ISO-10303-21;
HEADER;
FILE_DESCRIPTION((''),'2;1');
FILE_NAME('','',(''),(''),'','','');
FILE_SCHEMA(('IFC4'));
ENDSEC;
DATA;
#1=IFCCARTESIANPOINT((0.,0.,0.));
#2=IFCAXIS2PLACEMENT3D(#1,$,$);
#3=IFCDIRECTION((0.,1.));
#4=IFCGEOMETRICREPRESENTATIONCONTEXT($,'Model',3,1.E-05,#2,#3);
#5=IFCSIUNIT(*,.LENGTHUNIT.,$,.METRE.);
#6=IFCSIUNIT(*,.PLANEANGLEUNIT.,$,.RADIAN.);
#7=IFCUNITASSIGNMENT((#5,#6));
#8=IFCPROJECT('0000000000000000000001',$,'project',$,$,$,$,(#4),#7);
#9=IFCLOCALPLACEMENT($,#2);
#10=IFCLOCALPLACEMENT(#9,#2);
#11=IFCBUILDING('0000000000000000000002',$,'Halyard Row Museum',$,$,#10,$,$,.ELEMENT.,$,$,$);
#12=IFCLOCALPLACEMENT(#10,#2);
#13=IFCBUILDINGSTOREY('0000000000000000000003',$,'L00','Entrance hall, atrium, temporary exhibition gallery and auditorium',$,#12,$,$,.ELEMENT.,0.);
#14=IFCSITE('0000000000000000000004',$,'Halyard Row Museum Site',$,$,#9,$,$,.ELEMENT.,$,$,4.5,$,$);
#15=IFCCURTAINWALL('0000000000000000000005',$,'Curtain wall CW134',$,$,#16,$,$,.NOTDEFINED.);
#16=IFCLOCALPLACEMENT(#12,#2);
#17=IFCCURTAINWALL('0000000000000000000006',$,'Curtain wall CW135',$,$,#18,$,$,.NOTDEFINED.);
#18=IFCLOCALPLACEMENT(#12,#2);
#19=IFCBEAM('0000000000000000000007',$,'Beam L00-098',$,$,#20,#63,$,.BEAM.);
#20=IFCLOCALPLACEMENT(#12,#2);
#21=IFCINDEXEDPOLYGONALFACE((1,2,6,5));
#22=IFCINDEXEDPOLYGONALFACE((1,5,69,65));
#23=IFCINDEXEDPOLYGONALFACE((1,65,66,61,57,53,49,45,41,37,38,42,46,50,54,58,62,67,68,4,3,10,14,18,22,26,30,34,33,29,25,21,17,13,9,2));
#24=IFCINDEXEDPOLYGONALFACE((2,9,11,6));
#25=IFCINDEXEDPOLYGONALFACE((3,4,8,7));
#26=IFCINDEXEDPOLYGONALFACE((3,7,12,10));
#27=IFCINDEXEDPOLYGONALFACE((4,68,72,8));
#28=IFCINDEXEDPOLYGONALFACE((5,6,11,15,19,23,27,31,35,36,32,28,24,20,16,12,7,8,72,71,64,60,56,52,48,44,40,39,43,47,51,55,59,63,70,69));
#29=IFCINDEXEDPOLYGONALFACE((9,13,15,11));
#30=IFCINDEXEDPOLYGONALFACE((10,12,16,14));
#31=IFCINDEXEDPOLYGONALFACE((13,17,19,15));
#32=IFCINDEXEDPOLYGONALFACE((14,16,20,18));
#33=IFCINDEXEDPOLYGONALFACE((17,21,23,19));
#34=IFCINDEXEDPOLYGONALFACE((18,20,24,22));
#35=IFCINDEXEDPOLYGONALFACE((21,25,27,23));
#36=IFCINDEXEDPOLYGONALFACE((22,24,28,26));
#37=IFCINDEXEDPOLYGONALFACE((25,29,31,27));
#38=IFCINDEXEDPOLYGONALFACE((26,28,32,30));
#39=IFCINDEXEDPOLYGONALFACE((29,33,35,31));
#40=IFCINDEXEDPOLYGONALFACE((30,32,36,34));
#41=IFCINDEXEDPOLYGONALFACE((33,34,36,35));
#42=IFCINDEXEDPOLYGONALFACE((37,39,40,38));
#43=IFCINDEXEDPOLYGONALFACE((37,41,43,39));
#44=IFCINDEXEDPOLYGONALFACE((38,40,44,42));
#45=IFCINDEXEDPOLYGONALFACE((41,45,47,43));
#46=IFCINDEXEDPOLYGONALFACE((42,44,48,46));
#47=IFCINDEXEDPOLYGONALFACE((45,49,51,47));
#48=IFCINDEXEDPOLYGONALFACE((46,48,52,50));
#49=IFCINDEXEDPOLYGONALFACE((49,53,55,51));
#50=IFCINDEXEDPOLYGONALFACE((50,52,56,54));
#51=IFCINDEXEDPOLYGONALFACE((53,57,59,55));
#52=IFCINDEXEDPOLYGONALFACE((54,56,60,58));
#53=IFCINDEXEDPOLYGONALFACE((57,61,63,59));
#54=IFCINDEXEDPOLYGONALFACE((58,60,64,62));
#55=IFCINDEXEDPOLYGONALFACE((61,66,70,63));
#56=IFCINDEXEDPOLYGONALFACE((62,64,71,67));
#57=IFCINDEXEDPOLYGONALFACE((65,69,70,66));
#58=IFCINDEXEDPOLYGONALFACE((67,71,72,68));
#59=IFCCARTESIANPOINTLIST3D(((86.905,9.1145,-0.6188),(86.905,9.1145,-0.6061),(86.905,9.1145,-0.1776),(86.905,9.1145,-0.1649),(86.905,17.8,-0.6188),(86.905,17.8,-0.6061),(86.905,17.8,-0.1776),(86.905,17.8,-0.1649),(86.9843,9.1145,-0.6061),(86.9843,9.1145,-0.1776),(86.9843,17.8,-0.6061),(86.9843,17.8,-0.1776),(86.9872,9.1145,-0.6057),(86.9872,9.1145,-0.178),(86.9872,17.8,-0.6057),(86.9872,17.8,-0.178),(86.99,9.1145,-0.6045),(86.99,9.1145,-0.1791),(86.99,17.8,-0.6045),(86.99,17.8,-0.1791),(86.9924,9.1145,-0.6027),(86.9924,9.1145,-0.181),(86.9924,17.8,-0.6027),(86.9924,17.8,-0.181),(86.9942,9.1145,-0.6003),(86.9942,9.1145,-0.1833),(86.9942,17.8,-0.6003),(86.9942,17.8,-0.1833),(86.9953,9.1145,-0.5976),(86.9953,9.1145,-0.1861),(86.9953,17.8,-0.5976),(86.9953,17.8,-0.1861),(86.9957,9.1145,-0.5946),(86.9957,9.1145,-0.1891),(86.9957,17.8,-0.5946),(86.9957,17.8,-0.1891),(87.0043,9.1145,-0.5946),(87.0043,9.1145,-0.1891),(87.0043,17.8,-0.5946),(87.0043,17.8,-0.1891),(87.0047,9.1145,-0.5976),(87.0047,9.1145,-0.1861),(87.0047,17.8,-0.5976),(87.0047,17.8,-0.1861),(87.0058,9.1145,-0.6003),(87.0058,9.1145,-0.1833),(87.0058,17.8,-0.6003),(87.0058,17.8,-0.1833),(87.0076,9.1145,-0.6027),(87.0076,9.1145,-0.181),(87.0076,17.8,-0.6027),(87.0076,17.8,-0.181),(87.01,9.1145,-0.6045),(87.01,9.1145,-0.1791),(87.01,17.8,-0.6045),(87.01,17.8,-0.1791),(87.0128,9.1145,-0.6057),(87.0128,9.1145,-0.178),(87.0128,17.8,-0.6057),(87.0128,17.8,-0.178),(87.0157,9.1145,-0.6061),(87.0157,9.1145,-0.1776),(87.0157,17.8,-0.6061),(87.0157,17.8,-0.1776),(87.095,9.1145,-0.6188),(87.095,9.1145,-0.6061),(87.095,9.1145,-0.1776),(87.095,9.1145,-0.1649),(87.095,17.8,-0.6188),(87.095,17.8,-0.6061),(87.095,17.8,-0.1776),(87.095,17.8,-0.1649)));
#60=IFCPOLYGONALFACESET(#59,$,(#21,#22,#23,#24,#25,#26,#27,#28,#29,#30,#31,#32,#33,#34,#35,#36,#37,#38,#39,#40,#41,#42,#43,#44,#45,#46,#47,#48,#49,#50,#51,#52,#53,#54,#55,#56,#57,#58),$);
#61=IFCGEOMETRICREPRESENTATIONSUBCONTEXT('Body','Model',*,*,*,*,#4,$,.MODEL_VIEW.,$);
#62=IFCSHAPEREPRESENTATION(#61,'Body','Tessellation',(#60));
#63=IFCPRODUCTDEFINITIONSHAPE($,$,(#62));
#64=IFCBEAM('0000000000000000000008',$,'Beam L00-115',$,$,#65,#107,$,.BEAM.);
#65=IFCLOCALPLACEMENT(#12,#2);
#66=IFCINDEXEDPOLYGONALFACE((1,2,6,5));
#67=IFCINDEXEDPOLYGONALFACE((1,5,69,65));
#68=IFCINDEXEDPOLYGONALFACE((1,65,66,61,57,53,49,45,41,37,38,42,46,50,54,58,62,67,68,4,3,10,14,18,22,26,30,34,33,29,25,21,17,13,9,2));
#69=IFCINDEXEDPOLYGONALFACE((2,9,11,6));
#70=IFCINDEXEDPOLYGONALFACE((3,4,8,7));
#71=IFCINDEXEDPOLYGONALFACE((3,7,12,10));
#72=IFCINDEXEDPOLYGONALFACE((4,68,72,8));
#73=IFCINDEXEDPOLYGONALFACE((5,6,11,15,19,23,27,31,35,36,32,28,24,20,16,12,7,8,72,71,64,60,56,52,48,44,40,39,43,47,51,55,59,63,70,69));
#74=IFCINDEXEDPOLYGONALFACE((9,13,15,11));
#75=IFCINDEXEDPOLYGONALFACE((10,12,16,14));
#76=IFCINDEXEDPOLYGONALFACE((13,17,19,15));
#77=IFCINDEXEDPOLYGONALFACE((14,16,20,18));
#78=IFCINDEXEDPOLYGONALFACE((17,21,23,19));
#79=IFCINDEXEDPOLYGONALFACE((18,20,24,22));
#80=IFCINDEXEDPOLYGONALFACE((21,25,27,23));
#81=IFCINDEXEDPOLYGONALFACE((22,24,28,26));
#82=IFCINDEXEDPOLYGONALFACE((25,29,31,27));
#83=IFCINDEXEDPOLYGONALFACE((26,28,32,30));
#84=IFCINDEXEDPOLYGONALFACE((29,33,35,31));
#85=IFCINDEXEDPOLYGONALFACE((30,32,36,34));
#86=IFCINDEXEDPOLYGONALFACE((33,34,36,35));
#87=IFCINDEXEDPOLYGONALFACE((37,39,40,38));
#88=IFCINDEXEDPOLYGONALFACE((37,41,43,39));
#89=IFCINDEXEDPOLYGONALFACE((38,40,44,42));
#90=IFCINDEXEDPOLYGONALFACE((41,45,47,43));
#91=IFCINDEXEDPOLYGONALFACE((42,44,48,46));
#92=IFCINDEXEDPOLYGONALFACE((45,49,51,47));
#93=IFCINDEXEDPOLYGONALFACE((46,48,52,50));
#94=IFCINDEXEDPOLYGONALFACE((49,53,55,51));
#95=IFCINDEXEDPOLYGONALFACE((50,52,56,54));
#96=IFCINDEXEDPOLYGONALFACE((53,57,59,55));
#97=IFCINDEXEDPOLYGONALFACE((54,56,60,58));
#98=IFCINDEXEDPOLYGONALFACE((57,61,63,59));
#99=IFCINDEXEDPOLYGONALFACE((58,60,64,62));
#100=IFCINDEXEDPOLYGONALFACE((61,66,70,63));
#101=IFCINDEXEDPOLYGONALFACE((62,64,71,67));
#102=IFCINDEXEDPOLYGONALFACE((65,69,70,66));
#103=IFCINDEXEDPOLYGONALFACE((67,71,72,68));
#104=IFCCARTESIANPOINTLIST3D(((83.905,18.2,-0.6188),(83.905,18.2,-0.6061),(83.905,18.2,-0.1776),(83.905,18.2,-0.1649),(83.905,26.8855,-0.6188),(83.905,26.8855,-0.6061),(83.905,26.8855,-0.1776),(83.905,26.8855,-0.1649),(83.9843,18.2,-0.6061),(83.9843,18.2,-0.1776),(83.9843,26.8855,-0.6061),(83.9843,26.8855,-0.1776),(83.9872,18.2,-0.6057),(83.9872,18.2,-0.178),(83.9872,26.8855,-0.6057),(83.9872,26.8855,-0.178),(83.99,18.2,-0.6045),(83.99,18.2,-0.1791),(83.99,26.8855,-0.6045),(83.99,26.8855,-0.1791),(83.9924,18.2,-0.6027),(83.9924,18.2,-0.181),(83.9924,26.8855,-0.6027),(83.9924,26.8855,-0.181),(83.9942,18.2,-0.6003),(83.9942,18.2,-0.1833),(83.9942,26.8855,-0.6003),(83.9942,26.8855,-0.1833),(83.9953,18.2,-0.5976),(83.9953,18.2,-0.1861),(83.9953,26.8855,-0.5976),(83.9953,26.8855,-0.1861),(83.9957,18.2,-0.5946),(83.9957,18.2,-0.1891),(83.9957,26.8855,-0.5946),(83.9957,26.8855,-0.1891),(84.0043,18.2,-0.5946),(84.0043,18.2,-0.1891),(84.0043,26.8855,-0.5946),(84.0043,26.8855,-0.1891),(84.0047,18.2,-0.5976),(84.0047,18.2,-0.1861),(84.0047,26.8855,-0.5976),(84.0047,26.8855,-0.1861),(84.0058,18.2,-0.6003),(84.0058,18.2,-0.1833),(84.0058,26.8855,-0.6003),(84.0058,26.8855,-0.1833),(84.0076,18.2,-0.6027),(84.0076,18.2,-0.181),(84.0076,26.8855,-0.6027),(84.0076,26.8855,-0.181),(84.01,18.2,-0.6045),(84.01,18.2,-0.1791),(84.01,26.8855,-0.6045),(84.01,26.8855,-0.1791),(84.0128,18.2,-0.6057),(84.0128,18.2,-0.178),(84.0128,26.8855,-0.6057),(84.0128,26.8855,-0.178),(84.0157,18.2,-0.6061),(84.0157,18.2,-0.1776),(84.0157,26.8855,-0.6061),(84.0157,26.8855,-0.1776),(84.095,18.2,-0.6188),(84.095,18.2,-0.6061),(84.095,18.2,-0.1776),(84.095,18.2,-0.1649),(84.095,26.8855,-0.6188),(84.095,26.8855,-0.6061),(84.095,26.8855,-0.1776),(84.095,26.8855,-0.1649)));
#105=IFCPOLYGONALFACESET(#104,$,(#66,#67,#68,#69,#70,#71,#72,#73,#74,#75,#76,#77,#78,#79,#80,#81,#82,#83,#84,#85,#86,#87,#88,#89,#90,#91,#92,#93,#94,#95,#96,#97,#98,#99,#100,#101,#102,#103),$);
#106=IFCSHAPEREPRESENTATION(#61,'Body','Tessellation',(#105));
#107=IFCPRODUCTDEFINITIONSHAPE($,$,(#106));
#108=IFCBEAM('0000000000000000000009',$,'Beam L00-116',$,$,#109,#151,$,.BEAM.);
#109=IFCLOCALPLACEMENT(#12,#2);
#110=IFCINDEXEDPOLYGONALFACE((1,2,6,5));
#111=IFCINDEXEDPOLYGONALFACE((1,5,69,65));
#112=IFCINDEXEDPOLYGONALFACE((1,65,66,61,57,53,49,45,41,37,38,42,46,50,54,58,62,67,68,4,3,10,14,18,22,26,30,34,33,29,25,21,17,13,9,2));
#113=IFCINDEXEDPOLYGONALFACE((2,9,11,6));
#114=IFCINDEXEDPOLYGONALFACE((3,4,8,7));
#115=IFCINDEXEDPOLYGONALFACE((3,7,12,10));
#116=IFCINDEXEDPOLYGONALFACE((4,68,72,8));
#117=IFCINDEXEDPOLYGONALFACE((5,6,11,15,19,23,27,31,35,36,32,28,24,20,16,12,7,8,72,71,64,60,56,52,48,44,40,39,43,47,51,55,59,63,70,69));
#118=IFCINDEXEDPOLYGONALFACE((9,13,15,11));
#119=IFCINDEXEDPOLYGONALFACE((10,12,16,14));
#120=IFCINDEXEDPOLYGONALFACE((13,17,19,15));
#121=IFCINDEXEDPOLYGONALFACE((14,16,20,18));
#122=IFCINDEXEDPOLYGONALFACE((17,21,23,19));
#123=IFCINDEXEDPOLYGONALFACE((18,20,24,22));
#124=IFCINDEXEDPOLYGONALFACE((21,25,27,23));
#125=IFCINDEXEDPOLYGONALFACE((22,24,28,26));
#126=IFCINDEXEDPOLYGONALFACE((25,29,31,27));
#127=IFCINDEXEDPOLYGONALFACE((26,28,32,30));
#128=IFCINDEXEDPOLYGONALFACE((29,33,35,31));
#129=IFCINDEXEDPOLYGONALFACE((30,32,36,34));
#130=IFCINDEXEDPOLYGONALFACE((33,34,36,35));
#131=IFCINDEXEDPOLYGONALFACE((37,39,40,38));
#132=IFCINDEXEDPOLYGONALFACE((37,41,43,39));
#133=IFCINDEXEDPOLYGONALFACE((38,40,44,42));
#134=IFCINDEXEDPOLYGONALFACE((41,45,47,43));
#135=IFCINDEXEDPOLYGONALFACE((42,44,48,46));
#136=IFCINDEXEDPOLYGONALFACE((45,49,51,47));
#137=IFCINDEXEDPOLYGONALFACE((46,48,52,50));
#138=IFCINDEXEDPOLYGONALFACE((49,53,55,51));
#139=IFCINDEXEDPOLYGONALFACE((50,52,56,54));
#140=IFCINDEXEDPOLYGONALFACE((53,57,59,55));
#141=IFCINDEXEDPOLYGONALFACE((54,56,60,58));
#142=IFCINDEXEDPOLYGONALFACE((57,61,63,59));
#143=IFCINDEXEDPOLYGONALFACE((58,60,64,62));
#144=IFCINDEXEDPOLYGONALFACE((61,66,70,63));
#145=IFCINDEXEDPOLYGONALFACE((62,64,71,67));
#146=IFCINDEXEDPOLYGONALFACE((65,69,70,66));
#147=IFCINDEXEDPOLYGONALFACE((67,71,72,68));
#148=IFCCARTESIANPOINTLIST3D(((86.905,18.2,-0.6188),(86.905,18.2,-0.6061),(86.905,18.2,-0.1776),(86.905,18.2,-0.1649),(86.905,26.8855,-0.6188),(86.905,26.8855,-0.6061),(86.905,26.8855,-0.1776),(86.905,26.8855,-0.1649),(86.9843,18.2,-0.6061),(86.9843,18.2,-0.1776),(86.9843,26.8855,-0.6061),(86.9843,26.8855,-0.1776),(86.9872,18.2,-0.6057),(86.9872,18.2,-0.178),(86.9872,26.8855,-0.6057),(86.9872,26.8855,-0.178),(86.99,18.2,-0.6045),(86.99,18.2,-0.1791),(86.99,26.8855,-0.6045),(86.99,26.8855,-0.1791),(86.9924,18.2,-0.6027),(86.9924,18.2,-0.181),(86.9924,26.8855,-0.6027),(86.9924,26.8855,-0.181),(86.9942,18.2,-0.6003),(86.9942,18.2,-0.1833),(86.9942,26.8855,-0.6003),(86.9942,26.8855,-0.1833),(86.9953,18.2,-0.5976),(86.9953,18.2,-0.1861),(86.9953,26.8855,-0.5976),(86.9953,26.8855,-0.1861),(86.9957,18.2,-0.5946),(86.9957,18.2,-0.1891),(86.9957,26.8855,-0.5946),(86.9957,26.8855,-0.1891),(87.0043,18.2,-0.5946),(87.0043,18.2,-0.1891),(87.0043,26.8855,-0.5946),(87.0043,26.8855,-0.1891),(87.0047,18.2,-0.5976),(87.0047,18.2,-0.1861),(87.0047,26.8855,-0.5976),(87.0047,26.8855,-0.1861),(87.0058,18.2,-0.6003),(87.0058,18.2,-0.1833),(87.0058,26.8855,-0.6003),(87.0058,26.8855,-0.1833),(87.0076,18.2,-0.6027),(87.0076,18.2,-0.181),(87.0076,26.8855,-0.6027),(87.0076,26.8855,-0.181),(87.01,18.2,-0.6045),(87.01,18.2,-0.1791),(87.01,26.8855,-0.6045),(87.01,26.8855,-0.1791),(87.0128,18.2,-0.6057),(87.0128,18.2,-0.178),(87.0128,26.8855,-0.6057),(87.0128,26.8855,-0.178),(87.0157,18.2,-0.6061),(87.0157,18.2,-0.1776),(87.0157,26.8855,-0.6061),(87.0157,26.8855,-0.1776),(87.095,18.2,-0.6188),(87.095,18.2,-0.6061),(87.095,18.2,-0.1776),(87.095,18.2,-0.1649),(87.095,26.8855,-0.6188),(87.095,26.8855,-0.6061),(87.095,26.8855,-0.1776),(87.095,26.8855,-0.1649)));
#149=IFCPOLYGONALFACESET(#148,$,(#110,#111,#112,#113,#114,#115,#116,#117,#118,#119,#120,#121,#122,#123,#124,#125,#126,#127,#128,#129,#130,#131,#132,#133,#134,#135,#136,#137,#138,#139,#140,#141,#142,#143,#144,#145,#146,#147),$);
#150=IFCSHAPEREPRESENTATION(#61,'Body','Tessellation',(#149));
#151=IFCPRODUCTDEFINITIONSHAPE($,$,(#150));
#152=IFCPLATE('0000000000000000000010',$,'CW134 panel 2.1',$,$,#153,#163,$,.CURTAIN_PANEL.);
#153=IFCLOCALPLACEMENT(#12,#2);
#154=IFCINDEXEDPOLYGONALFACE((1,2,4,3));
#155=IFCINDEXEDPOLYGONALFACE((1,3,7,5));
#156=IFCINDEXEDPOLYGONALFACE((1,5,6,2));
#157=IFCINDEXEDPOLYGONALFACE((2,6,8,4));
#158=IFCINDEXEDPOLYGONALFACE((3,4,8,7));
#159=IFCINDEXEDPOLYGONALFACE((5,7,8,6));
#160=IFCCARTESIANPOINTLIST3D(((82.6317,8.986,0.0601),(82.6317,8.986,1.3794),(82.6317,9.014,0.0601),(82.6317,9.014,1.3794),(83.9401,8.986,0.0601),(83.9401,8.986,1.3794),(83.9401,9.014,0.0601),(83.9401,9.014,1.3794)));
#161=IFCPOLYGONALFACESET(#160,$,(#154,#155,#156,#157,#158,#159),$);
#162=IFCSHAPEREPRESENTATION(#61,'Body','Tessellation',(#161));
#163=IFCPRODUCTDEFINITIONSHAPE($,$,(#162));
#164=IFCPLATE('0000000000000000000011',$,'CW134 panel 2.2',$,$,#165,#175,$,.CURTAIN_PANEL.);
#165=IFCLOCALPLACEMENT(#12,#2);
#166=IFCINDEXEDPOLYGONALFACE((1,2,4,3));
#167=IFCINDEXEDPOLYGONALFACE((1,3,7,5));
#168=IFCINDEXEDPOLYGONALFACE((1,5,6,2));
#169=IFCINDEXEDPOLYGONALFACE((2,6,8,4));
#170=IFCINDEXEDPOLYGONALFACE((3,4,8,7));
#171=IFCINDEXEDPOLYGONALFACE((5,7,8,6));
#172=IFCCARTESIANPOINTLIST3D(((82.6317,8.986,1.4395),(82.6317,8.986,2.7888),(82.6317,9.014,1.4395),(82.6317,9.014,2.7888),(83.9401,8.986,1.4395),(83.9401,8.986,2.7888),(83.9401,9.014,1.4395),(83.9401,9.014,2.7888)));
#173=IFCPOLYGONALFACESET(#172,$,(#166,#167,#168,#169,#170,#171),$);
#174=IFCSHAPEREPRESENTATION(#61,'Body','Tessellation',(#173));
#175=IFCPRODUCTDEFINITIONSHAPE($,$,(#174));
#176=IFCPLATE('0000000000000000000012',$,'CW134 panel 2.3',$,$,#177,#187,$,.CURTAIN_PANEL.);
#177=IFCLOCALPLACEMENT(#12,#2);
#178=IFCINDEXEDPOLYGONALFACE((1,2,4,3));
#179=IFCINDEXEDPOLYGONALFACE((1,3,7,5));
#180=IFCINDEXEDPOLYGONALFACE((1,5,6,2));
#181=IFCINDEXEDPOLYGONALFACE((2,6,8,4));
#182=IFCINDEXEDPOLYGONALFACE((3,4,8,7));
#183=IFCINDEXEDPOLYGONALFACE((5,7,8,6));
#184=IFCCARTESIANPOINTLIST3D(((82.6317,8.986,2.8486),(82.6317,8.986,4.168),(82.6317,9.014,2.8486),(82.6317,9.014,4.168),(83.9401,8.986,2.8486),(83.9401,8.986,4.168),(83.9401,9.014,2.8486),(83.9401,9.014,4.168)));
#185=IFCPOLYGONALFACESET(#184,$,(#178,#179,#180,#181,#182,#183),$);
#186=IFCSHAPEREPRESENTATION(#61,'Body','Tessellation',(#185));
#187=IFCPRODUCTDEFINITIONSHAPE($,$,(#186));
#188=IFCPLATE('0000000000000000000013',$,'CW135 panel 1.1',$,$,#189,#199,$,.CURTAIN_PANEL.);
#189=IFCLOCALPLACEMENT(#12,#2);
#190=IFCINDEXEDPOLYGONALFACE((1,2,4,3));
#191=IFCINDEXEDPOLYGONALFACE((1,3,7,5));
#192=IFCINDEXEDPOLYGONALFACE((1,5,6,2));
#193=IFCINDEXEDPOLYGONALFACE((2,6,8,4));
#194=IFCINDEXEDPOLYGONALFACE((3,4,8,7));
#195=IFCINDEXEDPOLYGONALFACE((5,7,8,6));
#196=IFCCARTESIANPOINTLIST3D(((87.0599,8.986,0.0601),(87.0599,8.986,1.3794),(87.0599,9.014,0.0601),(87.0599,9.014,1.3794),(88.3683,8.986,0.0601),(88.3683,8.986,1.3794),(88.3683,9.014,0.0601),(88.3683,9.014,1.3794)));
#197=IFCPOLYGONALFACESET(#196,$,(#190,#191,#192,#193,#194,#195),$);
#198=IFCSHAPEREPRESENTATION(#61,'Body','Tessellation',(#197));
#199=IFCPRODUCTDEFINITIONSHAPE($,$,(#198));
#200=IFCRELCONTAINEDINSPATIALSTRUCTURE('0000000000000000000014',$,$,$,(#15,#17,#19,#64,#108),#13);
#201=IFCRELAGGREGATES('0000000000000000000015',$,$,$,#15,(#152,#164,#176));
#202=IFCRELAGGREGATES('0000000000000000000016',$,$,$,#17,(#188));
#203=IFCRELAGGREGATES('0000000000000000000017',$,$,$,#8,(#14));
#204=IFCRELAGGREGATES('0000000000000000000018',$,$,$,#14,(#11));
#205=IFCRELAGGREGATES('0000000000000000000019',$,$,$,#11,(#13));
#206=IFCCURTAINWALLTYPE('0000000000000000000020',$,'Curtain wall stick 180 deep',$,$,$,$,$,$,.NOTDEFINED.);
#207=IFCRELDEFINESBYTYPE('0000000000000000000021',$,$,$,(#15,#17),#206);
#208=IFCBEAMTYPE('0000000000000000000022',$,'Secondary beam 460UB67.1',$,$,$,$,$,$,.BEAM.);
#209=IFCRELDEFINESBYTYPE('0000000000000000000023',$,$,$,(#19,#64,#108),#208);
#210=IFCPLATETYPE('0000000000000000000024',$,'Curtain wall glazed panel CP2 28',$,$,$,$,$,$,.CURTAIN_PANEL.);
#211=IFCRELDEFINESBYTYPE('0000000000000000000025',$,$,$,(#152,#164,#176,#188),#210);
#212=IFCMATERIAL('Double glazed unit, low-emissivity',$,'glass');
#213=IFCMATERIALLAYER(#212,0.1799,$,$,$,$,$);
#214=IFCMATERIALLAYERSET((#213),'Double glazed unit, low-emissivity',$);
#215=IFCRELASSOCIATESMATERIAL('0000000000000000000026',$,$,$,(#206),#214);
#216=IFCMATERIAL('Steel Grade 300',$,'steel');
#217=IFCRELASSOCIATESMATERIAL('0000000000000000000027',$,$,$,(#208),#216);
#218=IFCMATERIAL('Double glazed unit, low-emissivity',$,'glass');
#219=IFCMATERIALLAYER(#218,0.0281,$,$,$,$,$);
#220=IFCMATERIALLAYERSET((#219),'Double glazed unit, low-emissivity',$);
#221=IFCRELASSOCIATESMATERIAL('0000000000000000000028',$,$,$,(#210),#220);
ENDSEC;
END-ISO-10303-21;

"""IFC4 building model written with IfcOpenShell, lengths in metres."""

from ifc_helpers import new_model, si_unit, direction, frame, origin, origin_2d, place, context, subcontext, project, spatial, rectangle, i_section, extrude, material, layer, layer_set, material_profile, profile_set, type_object, element, aggregate, save


model = new_model("IFC4")

# Units and contexts
model_context = context("Model", 3, precision=1e-05, world=origin(), true_north=direction((0.0, 1.0)))
body_context = subcontext(model_context, "Body", "Model", "MODEL_VIEW")
ifc_project = project(units=[si_unit("LENGTHUNIT", "METRE"), si_unit("PLANEANGLEUNIT", "RADIAN")], contexts=[model_context])

# Site, building, storey
site_placement = place(None, origin())
site = spatial("IfcSite", under=ifc_project, at=site_placement, Name="Halyard Row Museum Site", CompositionType="ELEMENT", RefElevation=4.5)
building_placement = place(site_placement, origin())
building = spatial("IfcBuilding", under=site, at=building_placement, Name="Halyard Row Museum", CompositionType="ELEMENT")
storey_placement = place(building_placement, origin())
storey = spatial("IfcBuildingStorey", under=building, at=storey_placement, Name="L00", Description="Entrance hall, atrium, temporary exhibition gallery and auditorium", CompositionType="ELEMENT", Elevation=0.0)

# Curtain walls
ifc_material_1 = material(Name="Double glazed unit, low-emissivity", Category="glass")
ifc_layer_1 = layer(ifc_material_1, 0.1799)
ifc_layer_set_1 = layer_set([ifc_layer_1], Name="Double glazed unit, low-emissivity")
curtain_wall_type = type_object("IfcCurtainWallType", Name="Curtain wall stick 180 deep", PredefinedType="NOTDEFINED", material=ifc_layer_set_1)
curtain_wall_1_placement = place(storey_placement, origin())
curtain_wall_1 = element("IfcCurtainWall", 1, at=curtain_wall_1_placement, inside=storey, type_object=curtain_wall_type, Name="Curtain wall CW134", PredefinedType="NOTDEFINED")
curtain_wall_2_placement = place(storey_placement, origin())
curtain_wall_2 = element("IfcCurtainWall", 2, at=curtain_wall_2_placement, inside=storey, type_object=curtain_wall_type, Name="Curtain wall CW135", PredefinedType="NOTDEFINED")

# Beams
ifc_material_2 = material(Name="Steel Grade 300", Category="steel")
ifc_material_profile_1 = material_profile(ifc_material_2, i_section(OverallWidth=0.1899, OverallDepth=0.4539, WebThickness=0.0085, FlangeThickness=0.0127, FilletRadius=0.0115, at=origin_2d()), Name="460UB67.1")
ifc_profile_set_1 = profile_set([ifc_material_profile_1], Name="Steel Grade 300")
beam_type_1 = type_object("IfcBeamType", Name="Secondary beam 460UB67.1", PredefinedType="BEAM", material=ifc_profile_set_1)
for number, where, z_axis, x_axis, name in (
    (3, (87.0, 9.1145, -0.3918), (0.0, 1.0, 0.0), (-1.0, 0.0, 0.0), "Beam L00-098"),
    (4, (84.0, 18.2, -0.3918), (0.0, 1.0, 0.0), (-1.0, 0.0, 0.0), "Beam L00-115"),
    (5, (87.0, 18.2, -0.3918), (0.0, 1.0, 0.0), (-1.0, 0.0, 0.0), "Beam L00-116"),
):
    element("IfcBeam", number, at=place(storey_placement, frame(where, z_axis=z_axis, x_axis=x_axis)), inside=storey, type_object=beam_type_1, Name=name, PredefinedType="BEAM", context=body_context, shape_type="SweptSolid", body=[
        extrude(i_section(OverallWidth=0.1899, OverallDepth=0.4539, WebThickness=0.0085, FlangeThickness=0.0127, FilletRadius=0.0115, at=origin_2d()), origin(), (0.0, 0.0, 1.0), 8.6855),
    ])

# Plates
ifc_material_3 = material(Name="Double glazed unit, low-emissivity", Category="glass")
ifc_layer_2 = layer(ifc_material_3, 0.0281)
ifc_layer_set_2 = layer_set([ifc_layer_2], Name="Double glazed unit, low-emissivity")
plate_type = type_object("IfcPlateType", Name="Curtain wall glazed panel CP2 28", PredefinedType="CURTAIN_PANEL", material=ifc_layer_set_2)
plate_1_placement = place(storey_placement, frame((83.2859, 9.0, 0.0601), z_axis=(0.0, 0.0, 1.0), x_axis=(1.0, 0.0, 0.0)))
plate_1 = element("IfcPlate", 6, at=plate_1_placement, type_object=plate_type, Name="CW134 panel 2.1", PredefinedType="CURTAIN_PANEL", context=body_context, shape_type="SweptSolid", body=[
    extrude(rectangle(XDim=1.3083, YDim=0.0281, at=origin_2d()), origin(), (0.0, 0.0, 1.0), 1.3193),
])
plate_2_placement = place(storey_placement, frame((83.2859, 9.0, 1.4395), z_axis=(0.0, 0.0, 1.0), x_axis=(1.0, 0.0, 0.0)))
plate_2 = element("IfcPlate", 7, at=plate_2_placement, type_object=plate_type, Name="CW134 panel 2.2", PredefinedType="CURTAIN_PANEL", context=body_context, shape_type="SweptSolid", body=[
    extrude(rectangle(XDim=1.3083, YDim=0.0281, at=origin_2d()), origin(), (0.0, 0.0, 1.0), 1.3494),
])
plate_3_placement = place(storey_placement, frame((83.2859, 9.0, 2.8486), z_axis=(0.0, 0.0, 1.0), x_axis=(1.0, 0.0, 0.0)))
plate_3 = element("IfcPlate", 8, at=plate_3_placement, type_object=plate_type, Name="CW134 panel 2.3", PredefinedType="CURTAIN_PANEL", context=body_context, shape_type="SweptSolid", body=[
    extrude(rectangle(XDim=1.3083, YDim=0.0281, at=origin_2d()), origin(), (0.0, 0.0, 1.0), 1.3193),
])
aggregate(curtain_wall_1, [plate_1, plate_2, plate_3])
plate_4_placement = place(storey_placement, frame((87.7141, 9.0, 0.0601), z_axis=(0.0, 0.0, 1.0), x_axis=(1.0, 0.0, 0.0)))
plate_4 = element("IfcPlate", 9, at=plate_4_placement, type_object=plate_type, Name="CW135 panel 1.1", PredefinedType="CURTAIN_PANEL", context=body_context, shape_type="SweptSolid", body=[
    extrude(rectangle(XDim=1.3083, YDim=0.0281, at=origin_2d()), origin(), (0.0, 0.0, 1.0), 1.3193),
])
aggregate(curtain_wall_2, [plate_4])

save(model, "model.ifc")
